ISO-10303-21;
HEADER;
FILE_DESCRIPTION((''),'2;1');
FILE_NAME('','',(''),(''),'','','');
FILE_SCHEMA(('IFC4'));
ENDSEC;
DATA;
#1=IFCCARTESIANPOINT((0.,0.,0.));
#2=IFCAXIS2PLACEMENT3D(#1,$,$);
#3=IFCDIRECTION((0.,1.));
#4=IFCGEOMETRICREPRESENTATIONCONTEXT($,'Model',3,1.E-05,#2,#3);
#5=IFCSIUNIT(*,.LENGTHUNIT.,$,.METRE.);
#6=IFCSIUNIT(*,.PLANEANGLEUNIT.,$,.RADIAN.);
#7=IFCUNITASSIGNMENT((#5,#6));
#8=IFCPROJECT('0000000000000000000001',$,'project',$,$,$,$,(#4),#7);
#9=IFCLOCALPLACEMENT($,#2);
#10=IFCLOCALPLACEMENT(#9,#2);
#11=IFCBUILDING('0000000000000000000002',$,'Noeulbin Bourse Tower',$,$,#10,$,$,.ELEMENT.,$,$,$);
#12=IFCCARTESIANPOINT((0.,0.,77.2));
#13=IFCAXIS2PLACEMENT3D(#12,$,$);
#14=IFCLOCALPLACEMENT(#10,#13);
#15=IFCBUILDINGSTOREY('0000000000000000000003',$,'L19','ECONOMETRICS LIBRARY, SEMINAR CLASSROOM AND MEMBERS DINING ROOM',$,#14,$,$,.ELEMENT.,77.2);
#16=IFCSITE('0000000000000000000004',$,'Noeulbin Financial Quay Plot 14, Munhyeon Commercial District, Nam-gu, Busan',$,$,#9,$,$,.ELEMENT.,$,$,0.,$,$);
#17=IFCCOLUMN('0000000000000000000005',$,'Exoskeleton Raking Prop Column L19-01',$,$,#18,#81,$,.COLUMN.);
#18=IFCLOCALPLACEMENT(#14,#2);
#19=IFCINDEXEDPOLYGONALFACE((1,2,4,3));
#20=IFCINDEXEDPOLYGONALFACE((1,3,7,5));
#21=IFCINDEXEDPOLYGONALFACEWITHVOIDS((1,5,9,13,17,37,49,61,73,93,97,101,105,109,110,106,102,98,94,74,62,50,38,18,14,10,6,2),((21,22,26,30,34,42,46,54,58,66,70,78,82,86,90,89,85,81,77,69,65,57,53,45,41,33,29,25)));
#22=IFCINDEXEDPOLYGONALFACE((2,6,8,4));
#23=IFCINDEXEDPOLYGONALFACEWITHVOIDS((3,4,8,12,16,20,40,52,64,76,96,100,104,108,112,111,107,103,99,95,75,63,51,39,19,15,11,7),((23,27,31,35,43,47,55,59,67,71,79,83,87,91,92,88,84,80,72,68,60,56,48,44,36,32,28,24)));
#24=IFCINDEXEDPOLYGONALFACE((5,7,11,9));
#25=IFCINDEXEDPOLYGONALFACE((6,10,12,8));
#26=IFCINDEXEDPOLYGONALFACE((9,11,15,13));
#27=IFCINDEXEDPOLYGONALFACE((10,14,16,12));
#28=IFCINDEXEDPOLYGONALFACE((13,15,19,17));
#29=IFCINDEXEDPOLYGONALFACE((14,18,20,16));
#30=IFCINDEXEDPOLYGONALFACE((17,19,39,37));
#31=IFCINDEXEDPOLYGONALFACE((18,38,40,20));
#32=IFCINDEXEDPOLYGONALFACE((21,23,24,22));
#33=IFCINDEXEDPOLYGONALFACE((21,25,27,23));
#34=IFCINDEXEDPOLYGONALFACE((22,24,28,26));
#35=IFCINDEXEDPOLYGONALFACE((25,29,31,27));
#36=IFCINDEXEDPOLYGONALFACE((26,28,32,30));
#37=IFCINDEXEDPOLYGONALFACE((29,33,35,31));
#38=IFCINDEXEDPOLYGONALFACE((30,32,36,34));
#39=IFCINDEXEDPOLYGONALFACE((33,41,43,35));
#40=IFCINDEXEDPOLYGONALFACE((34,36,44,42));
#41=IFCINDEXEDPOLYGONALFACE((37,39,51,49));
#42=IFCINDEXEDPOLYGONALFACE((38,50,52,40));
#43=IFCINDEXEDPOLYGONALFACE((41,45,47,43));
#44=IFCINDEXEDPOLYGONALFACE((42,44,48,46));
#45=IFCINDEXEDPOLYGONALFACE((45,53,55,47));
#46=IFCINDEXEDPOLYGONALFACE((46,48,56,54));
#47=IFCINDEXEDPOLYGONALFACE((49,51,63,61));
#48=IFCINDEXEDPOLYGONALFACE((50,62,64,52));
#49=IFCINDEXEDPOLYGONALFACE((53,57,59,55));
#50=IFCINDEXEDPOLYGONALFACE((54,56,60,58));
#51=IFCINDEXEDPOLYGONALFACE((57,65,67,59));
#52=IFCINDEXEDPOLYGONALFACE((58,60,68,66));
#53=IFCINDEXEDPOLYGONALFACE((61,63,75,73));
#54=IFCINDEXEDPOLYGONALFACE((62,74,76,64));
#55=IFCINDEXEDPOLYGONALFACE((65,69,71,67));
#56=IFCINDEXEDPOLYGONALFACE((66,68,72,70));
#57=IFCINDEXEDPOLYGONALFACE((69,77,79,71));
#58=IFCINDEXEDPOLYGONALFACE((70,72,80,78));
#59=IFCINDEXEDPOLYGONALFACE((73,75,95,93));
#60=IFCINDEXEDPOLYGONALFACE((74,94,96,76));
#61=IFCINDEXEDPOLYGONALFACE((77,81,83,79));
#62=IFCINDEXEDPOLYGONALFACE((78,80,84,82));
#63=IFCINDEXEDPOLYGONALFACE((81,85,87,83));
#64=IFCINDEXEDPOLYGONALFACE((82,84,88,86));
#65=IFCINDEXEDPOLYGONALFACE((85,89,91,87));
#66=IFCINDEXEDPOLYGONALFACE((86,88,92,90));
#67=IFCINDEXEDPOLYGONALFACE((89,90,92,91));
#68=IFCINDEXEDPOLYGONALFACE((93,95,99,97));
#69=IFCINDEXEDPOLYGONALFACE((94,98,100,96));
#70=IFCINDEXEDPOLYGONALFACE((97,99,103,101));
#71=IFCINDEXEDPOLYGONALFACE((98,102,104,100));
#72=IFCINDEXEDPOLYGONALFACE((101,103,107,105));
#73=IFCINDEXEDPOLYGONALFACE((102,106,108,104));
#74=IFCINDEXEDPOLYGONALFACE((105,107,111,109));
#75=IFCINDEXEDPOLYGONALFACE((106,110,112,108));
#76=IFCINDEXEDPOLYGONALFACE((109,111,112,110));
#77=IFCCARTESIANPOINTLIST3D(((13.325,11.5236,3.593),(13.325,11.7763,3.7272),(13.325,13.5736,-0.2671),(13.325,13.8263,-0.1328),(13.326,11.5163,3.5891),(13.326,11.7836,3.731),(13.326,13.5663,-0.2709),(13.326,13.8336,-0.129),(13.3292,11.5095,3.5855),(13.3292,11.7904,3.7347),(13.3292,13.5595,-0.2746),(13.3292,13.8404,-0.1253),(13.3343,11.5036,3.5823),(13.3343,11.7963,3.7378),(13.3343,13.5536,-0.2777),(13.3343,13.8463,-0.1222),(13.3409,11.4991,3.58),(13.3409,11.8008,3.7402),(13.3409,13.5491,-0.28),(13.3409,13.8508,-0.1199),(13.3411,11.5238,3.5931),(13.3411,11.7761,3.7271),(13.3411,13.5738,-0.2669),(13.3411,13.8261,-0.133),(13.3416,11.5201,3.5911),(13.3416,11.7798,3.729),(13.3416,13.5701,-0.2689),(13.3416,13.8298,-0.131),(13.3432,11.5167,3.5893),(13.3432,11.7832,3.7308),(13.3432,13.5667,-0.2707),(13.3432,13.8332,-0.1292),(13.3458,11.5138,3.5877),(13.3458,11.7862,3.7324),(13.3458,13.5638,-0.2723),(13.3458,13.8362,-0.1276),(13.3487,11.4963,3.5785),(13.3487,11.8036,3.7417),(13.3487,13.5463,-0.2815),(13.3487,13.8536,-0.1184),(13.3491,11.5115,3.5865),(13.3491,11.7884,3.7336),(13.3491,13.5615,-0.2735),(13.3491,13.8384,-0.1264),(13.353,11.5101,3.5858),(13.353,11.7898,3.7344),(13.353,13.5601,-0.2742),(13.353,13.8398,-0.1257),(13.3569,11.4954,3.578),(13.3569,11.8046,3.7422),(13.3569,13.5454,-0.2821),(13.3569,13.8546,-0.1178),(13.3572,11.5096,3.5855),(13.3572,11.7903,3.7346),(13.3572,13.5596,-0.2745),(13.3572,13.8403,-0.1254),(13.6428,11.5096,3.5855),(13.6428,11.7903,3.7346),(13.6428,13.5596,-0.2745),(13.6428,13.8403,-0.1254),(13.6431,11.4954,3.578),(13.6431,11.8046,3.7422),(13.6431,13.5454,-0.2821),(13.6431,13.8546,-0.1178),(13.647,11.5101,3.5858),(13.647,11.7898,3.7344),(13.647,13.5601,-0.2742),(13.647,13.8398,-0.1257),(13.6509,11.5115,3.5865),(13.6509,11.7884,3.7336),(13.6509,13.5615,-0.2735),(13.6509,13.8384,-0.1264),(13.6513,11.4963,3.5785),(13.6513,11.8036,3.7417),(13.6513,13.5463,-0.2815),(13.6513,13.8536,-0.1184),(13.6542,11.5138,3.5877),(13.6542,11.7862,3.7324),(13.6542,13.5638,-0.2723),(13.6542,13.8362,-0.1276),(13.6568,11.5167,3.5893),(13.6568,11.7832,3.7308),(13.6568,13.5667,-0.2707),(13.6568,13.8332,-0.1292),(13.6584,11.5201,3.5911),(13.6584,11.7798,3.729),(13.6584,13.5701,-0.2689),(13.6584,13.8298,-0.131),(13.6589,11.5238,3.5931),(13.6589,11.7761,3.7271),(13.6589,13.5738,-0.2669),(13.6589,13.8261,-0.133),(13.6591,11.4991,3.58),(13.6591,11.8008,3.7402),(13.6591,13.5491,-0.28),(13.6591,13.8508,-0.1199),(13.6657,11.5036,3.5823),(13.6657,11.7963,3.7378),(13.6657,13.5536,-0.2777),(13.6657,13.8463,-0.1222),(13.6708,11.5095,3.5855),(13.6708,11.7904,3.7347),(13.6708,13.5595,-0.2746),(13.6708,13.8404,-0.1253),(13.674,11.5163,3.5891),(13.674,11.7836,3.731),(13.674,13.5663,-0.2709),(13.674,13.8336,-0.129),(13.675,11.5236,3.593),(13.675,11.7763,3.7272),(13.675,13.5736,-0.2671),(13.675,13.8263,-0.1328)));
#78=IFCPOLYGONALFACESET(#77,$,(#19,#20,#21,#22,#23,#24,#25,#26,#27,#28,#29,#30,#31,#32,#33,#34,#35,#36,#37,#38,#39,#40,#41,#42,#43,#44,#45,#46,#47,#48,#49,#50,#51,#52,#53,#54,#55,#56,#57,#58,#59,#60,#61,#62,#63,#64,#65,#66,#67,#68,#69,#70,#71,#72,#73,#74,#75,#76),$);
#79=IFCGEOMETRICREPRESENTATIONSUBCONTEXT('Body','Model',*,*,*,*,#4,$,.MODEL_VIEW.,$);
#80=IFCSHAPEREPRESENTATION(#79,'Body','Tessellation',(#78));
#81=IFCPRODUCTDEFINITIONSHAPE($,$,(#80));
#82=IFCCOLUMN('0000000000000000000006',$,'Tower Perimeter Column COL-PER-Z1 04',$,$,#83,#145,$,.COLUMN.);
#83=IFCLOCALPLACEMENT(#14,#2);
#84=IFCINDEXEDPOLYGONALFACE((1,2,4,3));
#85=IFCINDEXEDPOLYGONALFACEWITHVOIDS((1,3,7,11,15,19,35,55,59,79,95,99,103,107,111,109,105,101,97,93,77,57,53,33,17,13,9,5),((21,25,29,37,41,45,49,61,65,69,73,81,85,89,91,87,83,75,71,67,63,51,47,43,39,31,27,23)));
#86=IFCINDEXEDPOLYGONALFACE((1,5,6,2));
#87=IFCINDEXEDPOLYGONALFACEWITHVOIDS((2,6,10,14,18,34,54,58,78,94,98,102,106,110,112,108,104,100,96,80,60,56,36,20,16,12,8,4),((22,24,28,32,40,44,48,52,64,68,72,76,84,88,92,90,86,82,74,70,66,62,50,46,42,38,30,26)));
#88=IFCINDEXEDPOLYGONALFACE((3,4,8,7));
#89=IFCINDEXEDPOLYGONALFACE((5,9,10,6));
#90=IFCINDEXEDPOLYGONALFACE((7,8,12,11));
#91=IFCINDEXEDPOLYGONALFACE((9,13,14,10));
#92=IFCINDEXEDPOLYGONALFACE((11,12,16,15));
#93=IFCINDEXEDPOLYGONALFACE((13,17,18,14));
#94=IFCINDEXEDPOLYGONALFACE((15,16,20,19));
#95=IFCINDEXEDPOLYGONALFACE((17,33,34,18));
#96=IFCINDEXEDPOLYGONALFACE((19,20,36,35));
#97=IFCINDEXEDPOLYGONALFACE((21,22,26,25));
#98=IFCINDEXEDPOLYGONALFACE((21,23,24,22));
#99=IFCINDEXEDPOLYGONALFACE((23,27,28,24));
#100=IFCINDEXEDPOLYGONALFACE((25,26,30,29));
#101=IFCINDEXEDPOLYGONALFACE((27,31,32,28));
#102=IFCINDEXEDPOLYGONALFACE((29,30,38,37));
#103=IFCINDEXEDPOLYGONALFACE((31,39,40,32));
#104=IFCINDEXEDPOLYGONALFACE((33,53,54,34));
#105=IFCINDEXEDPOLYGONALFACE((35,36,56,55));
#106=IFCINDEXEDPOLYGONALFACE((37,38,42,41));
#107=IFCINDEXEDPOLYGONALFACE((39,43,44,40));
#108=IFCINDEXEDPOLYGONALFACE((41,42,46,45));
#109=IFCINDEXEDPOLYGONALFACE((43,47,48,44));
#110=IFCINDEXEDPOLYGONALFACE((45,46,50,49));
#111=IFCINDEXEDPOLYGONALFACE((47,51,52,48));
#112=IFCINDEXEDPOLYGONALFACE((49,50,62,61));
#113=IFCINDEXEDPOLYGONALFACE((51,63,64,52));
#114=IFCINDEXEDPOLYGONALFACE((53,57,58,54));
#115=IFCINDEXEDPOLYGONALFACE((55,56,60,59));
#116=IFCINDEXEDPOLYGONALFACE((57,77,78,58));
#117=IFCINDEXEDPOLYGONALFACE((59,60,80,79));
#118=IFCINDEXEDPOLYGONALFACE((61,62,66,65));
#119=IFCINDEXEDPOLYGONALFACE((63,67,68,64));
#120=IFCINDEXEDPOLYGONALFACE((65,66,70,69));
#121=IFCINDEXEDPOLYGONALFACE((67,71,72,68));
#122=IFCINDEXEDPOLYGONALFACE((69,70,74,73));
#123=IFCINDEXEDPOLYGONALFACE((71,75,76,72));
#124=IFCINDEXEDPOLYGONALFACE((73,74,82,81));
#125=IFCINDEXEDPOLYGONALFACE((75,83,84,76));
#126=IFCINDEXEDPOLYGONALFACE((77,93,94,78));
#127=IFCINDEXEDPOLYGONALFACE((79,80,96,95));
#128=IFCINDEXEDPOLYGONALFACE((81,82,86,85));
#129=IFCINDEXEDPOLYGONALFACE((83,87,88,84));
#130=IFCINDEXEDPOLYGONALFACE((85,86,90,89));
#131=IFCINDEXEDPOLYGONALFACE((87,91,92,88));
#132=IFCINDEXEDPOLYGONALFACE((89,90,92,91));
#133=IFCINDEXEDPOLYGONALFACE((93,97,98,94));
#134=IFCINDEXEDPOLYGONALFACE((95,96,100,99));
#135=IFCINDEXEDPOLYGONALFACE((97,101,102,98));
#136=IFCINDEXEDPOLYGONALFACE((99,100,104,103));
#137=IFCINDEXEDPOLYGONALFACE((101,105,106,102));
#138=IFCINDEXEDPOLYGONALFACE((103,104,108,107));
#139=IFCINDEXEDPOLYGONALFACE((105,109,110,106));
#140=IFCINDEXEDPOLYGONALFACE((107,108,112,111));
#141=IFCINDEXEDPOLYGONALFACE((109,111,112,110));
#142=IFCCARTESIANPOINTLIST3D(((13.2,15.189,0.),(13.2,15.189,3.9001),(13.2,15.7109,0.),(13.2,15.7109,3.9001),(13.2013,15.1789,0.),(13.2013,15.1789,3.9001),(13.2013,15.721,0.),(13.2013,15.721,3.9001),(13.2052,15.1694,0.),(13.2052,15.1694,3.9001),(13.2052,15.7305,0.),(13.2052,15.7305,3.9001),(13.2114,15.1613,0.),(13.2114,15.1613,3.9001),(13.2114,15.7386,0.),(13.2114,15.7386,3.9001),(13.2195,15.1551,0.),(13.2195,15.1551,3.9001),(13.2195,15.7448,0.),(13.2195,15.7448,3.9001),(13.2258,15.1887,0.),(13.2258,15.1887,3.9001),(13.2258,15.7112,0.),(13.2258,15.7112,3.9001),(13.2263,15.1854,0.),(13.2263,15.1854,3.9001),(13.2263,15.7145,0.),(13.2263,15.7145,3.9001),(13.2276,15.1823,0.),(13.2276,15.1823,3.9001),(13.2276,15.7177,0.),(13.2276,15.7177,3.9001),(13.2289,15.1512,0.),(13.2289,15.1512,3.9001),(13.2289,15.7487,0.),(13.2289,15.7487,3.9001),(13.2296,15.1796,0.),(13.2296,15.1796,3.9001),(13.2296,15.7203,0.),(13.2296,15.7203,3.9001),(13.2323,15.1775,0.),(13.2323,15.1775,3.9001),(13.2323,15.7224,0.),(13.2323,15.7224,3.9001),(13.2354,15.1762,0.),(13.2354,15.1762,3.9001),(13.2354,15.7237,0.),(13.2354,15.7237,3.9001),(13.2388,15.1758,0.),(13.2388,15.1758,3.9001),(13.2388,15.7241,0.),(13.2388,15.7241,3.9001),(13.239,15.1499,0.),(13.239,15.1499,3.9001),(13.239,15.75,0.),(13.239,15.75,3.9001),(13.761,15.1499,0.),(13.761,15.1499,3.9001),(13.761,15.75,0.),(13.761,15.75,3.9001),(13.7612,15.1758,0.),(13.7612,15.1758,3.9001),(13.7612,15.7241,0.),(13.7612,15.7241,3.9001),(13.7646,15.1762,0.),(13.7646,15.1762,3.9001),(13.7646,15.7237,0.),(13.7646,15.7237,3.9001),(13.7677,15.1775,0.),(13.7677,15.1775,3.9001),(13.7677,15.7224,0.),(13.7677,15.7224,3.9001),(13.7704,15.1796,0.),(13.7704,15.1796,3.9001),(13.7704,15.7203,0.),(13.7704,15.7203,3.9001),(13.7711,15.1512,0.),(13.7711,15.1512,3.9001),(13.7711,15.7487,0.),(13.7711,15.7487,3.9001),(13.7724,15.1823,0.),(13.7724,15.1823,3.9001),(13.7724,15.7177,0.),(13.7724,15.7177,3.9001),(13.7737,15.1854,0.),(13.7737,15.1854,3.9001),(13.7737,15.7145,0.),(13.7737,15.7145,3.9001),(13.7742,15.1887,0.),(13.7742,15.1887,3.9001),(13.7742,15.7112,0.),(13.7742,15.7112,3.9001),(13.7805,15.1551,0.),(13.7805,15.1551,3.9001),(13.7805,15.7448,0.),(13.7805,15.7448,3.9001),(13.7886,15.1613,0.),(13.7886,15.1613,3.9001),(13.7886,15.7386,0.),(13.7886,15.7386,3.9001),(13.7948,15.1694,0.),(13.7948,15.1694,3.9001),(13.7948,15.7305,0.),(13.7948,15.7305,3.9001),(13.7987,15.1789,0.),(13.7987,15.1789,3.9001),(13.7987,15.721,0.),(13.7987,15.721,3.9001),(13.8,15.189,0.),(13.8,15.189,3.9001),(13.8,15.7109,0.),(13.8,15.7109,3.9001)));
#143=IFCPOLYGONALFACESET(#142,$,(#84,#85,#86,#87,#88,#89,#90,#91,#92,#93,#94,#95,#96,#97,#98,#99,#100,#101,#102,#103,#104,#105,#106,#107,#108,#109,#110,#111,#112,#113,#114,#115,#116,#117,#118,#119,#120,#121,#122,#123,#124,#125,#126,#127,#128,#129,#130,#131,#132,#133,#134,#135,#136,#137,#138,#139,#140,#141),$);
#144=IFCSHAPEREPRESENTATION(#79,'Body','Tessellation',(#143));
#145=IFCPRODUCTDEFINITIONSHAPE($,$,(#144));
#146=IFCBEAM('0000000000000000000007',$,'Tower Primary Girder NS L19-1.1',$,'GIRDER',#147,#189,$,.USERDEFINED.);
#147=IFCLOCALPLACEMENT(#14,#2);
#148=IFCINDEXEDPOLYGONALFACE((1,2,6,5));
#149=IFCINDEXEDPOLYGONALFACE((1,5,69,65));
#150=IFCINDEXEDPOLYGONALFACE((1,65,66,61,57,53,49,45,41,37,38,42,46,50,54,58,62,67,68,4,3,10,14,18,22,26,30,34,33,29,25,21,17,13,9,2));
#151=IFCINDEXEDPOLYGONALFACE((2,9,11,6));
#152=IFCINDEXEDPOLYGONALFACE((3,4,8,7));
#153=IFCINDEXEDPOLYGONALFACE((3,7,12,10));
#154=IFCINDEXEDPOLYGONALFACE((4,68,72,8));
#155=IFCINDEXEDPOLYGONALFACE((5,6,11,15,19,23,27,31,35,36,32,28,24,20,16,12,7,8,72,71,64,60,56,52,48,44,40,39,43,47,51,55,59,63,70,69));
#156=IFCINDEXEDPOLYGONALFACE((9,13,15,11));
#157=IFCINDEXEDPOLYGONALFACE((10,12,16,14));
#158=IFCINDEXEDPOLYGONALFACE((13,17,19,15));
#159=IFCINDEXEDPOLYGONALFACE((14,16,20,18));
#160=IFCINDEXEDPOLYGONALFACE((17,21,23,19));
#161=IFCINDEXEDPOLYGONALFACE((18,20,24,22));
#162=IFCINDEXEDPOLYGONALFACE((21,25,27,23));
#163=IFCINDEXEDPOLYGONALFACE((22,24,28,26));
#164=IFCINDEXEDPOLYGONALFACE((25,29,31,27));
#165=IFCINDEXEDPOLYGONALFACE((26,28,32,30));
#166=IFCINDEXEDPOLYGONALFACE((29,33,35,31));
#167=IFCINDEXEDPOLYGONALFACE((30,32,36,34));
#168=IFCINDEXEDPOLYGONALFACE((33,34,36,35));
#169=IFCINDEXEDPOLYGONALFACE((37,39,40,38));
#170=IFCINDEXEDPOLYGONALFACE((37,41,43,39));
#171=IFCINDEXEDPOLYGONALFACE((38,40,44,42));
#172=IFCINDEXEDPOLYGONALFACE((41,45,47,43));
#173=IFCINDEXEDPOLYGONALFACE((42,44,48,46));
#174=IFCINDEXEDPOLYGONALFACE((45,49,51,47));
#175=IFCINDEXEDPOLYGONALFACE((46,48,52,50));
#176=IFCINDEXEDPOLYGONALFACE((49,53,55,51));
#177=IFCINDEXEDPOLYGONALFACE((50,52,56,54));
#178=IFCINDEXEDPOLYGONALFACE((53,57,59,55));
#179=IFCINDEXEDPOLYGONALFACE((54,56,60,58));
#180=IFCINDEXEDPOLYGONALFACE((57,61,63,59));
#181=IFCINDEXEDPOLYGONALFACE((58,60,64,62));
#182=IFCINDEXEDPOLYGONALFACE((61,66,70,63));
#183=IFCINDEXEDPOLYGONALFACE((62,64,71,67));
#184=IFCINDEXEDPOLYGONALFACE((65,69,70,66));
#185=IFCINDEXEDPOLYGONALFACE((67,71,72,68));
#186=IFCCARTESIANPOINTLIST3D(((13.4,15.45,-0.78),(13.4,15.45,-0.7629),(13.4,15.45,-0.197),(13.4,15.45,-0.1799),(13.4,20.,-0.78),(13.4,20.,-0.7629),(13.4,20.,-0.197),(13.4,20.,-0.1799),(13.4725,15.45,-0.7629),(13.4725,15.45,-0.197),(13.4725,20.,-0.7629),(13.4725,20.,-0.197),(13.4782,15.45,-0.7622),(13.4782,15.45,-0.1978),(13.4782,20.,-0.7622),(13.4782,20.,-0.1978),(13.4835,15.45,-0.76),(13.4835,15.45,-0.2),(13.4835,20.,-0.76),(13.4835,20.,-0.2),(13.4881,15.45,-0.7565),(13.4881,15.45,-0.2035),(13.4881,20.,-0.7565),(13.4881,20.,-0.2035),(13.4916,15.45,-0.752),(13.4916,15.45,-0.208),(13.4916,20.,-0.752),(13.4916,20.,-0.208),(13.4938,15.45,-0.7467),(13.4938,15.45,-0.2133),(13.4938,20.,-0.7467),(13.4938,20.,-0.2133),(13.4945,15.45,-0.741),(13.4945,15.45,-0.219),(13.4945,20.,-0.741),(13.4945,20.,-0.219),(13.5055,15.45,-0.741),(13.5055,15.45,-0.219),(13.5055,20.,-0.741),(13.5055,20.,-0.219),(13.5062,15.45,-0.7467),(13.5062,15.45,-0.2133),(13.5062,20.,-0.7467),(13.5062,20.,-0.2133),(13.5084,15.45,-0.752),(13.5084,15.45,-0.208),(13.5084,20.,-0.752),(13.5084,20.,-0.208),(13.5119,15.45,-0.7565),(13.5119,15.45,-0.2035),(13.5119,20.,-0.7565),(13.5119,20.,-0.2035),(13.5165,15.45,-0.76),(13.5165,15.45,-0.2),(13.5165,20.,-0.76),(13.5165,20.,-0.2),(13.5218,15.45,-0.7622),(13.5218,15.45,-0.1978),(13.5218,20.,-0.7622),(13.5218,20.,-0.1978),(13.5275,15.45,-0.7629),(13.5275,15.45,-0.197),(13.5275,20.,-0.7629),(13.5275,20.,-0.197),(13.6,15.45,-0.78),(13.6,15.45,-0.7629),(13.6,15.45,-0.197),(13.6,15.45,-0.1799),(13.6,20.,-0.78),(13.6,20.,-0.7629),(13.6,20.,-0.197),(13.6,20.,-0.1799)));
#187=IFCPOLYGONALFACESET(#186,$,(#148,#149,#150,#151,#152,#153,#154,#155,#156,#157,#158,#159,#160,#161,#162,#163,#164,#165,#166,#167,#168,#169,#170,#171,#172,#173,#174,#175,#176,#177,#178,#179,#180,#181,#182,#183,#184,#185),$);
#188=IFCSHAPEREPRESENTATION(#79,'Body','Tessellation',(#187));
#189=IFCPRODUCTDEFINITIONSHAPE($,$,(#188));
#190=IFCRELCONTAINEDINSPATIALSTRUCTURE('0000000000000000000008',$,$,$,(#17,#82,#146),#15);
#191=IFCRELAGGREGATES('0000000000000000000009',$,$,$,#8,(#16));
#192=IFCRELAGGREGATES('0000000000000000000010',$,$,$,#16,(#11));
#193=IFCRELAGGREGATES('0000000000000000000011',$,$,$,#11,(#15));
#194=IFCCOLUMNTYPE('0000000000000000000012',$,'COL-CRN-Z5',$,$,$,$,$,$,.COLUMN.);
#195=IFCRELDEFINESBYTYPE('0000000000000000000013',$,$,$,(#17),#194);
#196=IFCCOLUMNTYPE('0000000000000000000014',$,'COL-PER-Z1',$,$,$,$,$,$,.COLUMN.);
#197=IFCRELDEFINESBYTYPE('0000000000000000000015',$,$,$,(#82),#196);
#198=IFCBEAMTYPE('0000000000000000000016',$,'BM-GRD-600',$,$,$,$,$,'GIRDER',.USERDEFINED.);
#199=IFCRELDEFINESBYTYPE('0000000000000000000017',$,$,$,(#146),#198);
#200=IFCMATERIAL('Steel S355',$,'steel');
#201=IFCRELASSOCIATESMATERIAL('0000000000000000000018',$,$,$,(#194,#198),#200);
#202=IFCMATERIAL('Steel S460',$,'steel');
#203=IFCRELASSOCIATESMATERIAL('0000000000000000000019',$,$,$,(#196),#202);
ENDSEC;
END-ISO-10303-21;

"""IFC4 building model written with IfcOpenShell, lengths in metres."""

from ifc_helpers import new_model, si_unit, direction, frame, origin, origin_2d, place, context, subcontext, project, spatial, hollow_rectangle, i_section, extrude, material, material_profile, profile_set, type_object, element, save


model = new_model("IFC4")

# Units and contexts
model_context = context("Model", 3, precision=1e-05, world=origin(), true_north=direction((0.0, 1.0)))
body_context = subcontext(model_context, "Body", "Model", "MODEL_VIEW")
ifc_project = project(units=[si_unit("LENGTHUNIT", "METRE"), si_unit("PLANEANGLEUNIT", "RADIAN")], contexts=[model_context])

# Site, building, storey
site_placement = place(None, origin())
site = spatial("IfcSite", under=ifc_project, at=site_placement, Name="Noeulbin Financial Quay Plot 14, Munhyeon Commercial District, Nam-gu, Busan", CompositionType="ELEMENT", RefElevation=0.0)
building_placement = place(site_placement, origin())
building = spatial("IfcBuilding", under=site, at=building_placement, Name="Noeulbin Bourse Tower", CompositionType="ELEMENT")
storey_placement = place(building_placement, frame((0.0, 0.0, 77.2)))
storey = spatial("IfcBuildingStorey", under=building, at=storey_placement, Name="L19", Description="ECONOMETRICS LIBRARY, SEMINAR CLASSROOM AND MEMBERS DINING ROOM", CompositionType="ELEMENT", Elevation=77.2)

# Columns
ifc_material_1 = material(Name="Steel S355", Category="steel")
ifc_material_profile_1 = material_profile(ifc_material_1, hollow_rectangle(XDim=0.3501, YDim=0.3501, WallThickness=0.0161, InnerFilletRadius=0.0161, OuterFilletRadius=0.032, at=origin_2d()), Name="SHS-350x350x16", Category="LoadBearing")
ifc_profile_set_1 = profile_set([ifc_material_profile_1], Name="Steel S355")
column_type_1 = type_object("IfcColumnType", Name="COL-CRN-Z5", PredefinedType="COLUMN", material=ifc_profile_set_1)
column_1_placement = place(storey_placement, frame((13.5, 13.7, -0.2), z_axis=(0.0, -0.469042, 0.883176), x_axis=(1.0, 0.0, 0.0)))
element("IfcColumn", 1, at=column_1_placement, inside=storey, type_object=column_type_1, Name="Exoskeleton Raking Prop Column L19-01", PredefinedType="COLUMN", context=body_context, shape_type="SweptSolid", body=[
    extrude(hollow_rectangle(XDim=0.3501, YDim=0.3501, WallThickness=0.0161, InnerFilletRadius=0.0161, OuterFilletRadius=0.032, at=origin_2d()), origin(), (0.0, 0.0, 1.0), 4.3706),
])
ifc_material_2 = material(Name="Steel S460", Category="steel")
ifc_material_profile_2 = material_profile(ifc_material_2, hollow_rectangle(XDim=0.6001, YDim=0.6001, WallThickness=0.0259, InnerFilletRadius=0.0129, OuterFilletRadius=0.0391, at=origin_2d()), Name="BOX-600x600x26", Category="LoadBearing")
ifc_profile_set_2 = profile_set([ifc_material_profile_2], Name="Steel S460")
column_type_2 = type_object("IfcColumnType", Name="COL-PER-Z1", PredefinedType="COLUMN", material=ifc_profile_set_2)
column_2_placement = place(storey_placement, frame((13.5, 15.45, 0.0), z_axis=(0.0, 0.0, 1.0), x_axis=(1.0, 0.0, 0.0)))
element("IfcColumn", 2, at=column_2_placement, inside=storey, type_object=column_type_2, Name="Tower Perimeter Column COL-PER-Z1 04", PredefinedType="COLUMN", context=body_context, shape_type="SweptSolid", body=[
    extrude(hollow_rectangle(XDim=0.6001, YDim=0.6001, WallThickness=0.0259, InnerFilletRadius=0.0129, OuterFilletRadius=0.0391, at=origin_2d()), origin(), (0.0, 0.0, 1.0), 3.9001),
])

# Beam
ifc_material_profile_3 = material_profile(ifc_material_1, i_section(OverallWidth=0.2, OverallDepth=0.6001, WebThickness=0.011, FlangeThickness=0.0171, FilletRadius=0.022, at=origin_2d()), Name="H-600x200x11x17", Category="LoadBearing")
ifc_profile_set_3 = profile_set([ifc_material_profile_3], Name="Steel S355")
beam_type_1 = type_object("IfcBeamType", Name="BM-GRD-600", ElementType="GIRDER", PredefinedType="USERDEFINED", material=ifc_profile_set_3)
beam_1_placement = place(storey_placement, frame((13.5, 15.45, -0.48), z_axis=(0.0, 1.0, 0.0), x_axis=(-1.0, 0.0, 0.0)))
element("IfcBeam", 3, at=beam_1_placement, inside=storey, type_object=beam_type_1, Name="Tower Primary Girder NS L19-1.1", ObjectType="GIRDER", PredefinedType="USERDEFINED", context=body_context, shape_type="SweptSolid", body=[
    extrude(i_section(OverallWidth=0.2, OverallDepth=0.6001, WebThickness=0.011, FlangeThickness=0.0171, FilletRadius=0.022, at=origin_2d()), origin(), (0.0, 0.0, 1.0), 4.55),
])

save(model, "model.ifc")
